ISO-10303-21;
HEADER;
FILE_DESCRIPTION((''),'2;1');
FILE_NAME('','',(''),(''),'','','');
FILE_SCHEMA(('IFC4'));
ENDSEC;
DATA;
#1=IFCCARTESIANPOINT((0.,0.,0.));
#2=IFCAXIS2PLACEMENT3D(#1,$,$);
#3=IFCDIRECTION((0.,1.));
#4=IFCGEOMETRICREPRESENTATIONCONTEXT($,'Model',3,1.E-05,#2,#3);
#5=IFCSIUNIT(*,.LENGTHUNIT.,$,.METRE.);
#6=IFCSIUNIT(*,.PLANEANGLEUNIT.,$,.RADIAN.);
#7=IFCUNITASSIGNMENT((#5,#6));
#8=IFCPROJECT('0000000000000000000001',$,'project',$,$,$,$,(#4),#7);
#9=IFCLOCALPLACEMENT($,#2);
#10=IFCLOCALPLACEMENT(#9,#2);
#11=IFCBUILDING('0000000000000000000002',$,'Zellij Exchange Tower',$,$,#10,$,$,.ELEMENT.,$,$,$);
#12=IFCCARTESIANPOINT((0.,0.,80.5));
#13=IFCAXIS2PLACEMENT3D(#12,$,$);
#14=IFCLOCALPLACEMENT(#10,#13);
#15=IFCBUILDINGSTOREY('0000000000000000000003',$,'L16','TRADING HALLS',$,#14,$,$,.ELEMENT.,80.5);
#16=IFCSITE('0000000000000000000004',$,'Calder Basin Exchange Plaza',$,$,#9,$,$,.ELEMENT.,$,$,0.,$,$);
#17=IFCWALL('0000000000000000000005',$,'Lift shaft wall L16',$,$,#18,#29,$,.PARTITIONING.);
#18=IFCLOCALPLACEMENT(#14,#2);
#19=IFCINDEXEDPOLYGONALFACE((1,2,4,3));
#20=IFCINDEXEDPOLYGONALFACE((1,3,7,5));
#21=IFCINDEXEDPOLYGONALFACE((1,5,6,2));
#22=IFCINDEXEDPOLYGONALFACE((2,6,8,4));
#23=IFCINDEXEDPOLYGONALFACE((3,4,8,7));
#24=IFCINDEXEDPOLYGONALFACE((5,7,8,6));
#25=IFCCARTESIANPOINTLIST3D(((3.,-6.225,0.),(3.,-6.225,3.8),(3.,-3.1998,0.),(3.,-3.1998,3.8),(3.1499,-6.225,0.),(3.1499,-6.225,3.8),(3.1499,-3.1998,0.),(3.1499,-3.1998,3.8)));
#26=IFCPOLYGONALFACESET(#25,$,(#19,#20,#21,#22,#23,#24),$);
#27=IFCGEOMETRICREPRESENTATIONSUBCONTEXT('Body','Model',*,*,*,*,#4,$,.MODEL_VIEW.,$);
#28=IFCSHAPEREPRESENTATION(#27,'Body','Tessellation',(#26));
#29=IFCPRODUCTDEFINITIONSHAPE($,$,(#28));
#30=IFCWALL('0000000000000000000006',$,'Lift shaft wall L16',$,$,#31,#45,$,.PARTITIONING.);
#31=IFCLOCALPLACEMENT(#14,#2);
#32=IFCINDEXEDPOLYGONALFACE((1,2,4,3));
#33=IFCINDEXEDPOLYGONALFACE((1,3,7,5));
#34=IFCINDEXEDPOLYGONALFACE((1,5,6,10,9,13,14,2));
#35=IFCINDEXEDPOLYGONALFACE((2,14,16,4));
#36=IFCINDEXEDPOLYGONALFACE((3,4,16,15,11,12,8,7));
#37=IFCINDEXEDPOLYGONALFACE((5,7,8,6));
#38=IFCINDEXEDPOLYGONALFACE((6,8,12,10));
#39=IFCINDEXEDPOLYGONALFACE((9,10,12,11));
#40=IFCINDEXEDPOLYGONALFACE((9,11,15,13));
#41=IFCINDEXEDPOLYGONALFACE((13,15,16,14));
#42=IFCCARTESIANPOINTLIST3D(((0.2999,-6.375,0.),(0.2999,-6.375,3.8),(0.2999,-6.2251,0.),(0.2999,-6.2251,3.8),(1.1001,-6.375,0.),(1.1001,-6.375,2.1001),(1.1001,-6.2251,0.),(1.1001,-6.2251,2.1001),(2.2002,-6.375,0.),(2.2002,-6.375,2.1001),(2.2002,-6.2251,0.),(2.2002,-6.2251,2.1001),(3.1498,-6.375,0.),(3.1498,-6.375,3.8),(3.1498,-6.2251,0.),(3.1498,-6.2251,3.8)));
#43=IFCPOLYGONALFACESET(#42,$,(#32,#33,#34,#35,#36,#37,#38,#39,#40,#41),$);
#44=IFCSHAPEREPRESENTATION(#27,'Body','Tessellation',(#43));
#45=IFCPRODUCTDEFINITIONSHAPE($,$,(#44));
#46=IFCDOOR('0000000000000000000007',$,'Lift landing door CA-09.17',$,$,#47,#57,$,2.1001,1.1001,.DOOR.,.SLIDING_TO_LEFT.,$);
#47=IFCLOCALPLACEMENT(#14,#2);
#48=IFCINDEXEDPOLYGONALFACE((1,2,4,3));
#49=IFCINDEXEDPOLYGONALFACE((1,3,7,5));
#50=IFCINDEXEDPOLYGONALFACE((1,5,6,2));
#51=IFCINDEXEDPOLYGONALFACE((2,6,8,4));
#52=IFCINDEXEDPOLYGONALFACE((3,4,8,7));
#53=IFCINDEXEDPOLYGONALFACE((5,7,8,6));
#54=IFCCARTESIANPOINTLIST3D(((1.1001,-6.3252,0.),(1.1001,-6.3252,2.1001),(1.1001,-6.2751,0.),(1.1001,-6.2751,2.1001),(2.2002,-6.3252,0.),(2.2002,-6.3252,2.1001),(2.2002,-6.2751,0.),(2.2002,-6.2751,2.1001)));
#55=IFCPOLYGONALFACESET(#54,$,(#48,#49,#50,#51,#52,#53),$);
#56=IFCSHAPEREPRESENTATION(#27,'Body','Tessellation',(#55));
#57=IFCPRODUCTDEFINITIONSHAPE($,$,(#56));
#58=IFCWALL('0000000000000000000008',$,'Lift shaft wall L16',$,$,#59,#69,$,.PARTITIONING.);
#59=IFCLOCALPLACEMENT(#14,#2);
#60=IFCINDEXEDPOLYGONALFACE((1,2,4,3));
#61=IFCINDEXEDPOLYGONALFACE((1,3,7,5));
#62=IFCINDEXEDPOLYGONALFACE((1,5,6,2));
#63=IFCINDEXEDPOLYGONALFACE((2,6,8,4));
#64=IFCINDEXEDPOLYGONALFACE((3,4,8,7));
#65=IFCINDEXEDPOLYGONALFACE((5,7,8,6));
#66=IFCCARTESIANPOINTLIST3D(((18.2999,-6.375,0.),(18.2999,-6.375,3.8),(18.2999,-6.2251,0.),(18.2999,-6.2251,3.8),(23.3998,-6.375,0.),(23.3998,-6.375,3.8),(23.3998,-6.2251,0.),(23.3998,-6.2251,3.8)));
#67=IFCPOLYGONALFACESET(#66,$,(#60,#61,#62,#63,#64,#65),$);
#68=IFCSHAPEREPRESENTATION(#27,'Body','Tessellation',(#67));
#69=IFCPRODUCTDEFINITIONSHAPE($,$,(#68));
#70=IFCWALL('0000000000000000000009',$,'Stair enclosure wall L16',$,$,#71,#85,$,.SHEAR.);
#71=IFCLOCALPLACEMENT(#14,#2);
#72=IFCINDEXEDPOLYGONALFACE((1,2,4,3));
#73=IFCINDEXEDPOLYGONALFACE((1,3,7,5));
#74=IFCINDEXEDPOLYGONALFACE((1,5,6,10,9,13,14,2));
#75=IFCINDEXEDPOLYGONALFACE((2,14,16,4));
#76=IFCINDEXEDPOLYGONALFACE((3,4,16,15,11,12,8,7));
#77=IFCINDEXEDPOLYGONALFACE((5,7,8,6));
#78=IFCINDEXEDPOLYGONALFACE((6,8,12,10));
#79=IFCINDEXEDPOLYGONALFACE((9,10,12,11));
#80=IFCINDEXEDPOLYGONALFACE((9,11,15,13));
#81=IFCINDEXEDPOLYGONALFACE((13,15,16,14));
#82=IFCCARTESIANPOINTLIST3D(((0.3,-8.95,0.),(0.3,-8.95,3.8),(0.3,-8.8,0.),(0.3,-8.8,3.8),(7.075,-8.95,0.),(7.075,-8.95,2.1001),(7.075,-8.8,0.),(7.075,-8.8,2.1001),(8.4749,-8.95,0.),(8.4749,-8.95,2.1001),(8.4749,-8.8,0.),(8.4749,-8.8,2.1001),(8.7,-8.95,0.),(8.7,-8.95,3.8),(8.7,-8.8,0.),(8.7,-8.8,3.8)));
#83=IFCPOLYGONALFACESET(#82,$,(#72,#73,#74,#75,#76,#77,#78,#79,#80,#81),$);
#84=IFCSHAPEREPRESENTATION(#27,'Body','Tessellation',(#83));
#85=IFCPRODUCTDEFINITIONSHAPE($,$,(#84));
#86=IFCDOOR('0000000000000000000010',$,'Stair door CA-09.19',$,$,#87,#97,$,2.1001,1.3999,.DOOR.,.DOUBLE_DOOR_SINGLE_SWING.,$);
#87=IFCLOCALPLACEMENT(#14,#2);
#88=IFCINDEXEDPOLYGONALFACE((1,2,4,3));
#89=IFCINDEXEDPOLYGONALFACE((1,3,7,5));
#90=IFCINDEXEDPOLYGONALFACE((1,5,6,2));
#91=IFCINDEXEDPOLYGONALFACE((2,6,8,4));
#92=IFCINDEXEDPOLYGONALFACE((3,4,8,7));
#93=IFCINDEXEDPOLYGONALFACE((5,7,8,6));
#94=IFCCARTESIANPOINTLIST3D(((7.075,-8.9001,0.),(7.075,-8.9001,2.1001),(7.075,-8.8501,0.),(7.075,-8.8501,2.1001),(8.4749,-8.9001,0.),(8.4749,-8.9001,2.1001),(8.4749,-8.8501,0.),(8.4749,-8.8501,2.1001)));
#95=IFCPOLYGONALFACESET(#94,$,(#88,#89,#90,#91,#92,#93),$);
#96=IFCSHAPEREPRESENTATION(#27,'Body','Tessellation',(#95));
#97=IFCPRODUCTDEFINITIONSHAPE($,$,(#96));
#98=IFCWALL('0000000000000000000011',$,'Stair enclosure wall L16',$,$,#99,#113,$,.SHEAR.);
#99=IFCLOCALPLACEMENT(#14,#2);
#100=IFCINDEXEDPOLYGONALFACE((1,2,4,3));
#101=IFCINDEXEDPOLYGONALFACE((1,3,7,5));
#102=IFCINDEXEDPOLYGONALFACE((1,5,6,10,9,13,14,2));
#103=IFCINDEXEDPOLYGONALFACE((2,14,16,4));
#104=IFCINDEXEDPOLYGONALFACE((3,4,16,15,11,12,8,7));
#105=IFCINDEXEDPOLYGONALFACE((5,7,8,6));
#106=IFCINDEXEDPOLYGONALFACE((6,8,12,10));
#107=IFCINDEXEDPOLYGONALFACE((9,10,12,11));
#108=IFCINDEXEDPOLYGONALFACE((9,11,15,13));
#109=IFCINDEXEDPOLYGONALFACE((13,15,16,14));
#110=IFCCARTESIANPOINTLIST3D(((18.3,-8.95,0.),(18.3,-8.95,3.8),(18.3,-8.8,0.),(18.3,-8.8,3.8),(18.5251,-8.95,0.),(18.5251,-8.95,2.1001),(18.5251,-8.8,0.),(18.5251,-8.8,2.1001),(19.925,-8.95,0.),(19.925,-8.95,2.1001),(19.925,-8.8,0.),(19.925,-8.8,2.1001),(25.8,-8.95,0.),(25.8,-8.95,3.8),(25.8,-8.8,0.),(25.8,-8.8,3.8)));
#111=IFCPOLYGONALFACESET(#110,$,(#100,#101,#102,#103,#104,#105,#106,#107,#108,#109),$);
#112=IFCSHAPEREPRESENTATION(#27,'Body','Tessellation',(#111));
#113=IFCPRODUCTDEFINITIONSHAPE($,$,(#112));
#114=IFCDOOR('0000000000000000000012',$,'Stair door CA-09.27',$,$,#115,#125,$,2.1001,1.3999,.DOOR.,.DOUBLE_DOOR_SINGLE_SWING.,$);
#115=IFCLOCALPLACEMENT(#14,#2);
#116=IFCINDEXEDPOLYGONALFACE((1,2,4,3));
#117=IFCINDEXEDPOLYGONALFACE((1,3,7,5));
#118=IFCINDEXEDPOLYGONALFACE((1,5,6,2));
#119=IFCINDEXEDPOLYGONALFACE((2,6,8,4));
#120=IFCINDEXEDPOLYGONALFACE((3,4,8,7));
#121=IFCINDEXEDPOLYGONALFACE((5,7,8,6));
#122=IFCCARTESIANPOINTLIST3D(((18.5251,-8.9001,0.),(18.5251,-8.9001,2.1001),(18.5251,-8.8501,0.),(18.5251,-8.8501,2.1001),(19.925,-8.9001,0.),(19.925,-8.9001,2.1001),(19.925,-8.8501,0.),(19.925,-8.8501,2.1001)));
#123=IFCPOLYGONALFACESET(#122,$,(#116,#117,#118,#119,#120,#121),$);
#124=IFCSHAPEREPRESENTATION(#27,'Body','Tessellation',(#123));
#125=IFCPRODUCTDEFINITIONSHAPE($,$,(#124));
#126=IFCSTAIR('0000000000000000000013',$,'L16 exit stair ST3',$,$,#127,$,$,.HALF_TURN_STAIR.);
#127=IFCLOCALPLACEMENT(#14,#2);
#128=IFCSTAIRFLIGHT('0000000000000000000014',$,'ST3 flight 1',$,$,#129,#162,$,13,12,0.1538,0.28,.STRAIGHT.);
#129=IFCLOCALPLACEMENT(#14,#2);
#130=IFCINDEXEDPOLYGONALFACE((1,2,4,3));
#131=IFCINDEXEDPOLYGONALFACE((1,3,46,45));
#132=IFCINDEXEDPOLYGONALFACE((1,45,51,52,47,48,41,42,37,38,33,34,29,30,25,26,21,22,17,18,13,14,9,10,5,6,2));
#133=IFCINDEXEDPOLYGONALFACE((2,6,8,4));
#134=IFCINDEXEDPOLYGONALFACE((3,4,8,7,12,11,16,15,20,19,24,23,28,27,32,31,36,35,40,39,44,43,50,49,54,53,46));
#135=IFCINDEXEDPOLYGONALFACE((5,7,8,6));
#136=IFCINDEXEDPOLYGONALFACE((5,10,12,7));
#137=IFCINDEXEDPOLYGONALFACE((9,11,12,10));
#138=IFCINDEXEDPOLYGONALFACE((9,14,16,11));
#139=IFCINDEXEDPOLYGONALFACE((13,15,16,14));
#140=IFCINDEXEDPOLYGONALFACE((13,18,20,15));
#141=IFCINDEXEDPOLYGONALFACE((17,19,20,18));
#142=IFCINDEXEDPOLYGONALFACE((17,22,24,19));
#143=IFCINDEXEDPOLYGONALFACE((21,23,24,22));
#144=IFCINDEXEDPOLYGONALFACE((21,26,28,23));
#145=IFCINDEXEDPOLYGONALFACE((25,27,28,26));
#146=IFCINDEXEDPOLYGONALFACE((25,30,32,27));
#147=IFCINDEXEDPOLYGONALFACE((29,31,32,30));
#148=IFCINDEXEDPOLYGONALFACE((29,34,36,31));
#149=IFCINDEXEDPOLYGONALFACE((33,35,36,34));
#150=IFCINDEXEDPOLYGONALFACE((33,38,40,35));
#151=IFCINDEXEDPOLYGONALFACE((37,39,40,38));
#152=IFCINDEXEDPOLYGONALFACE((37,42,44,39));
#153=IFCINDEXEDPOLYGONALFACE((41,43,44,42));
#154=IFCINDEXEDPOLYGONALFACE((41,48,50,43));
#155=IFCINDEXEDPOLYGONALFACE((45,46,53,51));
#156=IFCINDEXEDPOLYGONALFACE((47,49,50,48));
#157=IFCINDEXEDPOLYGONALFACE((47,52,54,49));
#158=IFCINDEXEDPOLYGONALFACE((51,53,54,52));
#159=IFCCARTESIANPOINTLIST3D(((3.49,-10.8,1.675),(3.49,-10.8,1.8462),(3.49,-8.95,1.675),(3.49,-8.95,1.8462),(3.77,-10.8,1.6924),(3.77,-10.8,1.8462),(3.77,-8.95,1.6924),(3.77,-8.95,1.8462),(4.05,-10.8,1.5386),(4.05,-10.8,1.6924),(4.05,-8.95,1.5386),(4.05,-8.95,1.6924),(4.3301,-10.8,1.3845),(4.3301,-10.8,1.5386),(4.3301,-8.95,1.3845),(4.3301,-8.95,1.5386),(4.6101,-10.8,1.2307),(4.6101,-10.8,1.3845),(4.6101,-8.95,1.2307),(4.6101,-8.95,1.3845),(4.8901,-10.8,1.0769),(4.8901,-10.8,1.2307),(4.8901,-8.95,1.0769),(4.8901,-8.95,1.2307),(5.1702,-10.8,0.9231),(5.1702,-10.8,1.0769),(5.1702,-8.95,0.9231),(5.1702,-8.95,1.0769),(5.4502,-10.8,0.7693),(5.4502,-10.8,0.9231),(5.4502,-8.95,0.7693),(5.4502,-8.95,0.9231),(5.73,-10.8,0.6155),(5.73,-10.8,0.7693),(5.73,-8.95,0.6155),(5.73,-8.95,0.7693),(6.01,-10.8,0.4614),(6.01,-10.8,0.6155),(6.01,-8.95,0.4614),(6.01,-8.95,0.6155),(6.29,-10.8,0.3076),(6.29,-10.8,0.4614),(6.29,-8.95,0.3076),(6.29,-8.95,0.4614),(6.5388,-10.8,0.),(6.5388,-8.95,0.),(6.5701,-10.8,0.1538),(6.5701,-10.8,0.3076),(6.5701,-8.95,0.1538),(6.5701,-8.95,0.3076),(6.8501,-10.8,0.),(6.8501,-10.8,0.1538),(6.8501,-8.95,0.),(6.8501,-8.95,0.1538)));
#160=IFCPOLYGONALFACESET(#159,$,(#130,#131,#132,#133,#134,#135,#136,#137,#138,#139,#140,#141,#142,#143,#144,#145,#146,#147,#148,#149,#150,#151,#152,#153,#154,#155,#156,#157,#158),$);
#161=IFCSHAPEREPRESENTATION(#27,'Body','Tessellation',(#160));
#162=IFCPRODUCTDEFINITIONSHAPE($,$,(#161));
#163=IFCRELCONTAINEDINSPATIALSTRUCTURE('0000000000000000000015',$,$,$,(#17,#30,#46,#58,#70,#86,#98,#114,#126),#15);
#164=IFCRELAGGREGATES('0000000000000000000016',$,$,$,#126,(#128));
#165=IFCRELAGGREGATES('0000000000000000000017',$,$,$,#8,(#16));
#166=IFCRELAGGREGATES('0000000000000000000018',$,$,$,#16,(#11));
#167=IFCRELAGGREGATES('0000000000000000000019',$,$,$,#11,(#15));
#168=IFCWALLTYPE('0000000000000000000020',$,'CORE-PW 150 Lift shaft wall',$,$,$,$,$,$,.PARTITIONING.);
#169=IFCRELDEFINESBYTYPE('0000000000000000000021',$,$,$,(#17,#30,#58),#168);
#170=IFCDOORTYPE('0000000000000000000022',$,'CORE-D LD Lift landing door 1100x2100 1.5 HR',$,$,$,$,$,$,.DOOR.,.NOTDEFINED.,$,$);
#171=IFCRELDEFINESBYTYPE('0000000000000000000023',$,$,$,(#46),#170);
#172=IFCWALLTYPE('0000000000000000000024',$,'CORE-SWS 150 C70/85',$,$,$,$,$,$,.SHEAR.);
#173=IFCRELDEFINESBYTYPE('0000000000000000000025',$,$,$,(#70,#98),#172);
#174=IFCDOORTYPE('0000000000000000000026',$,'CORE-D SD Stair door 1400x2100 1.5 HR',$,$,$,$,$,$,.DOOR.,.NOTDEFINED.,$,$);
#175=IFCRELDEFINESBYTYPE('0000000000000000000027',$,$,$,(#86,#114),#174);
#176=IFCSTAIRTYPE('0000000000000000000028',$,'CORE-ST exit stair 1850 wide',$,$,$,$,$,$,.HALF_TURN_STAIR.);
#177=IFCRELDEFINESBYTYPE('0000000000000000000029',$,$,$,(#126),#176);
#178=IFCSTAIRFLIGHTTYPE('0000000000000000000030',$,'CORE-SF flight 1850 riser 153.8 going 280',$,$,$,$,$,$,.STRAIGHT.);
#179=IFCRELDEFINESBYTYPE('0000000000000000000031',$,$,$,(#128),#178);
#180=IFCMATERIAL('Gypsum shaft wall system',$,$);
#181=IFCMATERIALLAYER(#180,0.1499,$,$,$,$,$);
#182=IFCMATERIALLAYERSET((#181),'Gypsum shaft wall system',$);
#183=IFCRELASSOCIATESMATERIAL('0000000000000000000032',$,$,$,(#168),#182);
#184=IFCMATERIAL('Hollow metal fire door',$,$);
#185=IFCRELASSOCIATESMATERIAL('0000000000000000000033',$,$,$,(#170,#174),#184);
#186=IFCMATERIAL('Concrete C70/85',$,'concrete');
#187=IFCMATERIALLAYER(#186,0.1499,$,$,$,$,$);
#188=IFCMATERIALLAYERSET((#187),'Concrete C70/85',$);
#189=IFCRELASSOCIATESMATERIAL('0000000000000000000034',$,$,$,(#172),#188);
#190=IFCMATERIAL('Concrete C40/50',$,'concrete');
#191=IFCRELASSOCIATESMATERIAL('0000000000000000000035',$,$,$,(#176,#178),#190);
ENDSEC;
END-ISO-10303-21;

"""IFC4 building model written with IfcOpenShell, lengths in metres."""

from ifc_helpers import new_model, si_unit, direction, frame, frame_2d, origin, place, context, subcontext, project, spatial, polyline, rectangle, outline, extrude, material, layer, layer_set, type_object, element, fill, aggregate, save


model = new_model("IFC4")

# Units and contexts
model_context = context("Model", 3, precision=1e-05, world=origin(), true_north=direction((0.0, 1.0)))
body_context = subcontext(model_context, "Body", "Model", "MODEL_VIEW")
ifc_project = project(units=[si_unit("LENGTHUNIT", "METRE"), si_unit("PLANEANGLEUNIT", "RADIAN")], contexts=[model_context])

# Site, building, storey
site_placement = place(None, origin())
site = spatial("IfcSite", under=ifc_project, at=site_placement, Name="Calder Basin Exchange Plaza", CompositionType="ELEMENT", RefElevation=0.0)
building_placement = place(site_placement, origin())
building = spatial("IfcBuilding", under=site, at=building_placement, Name="Zellij Exchange Tower", CompositionType="ELEMENT")
storey_placement = place(building_placement, frame((0.0, 0.0, 80.5)))
storey = spatial("IfcBuildingStorey", under=building, at=storey_placement, Name="L16", Description="TRADING HALLS", CompositionType="ELEMENT", Elevation=80.5)

# Shared definitions
ifc_material_1 = material(Name="Concrete C70/85", Category="concrete")

# Shared definitions
ifc_material_2 = material(Name="Gypsum shaft wall system")
ifc_material_3 = material(Name="Hollow metal fire door")

# Wall
ifc_layer_1 = layer(ifc_material_2, 0.1499)
ifc_layer_set_1 = layer_set([ifc_layer_1], Name="Gypsum shaft wall system")
wall_type_1 = type_object("IfcWallType", Name="CORE-PW 150 Lift shaft wall", PredefinedType="PARTITIONING", material=ifc_layer_set_1)
wall_1_placement = place(storey_placement, frame((3.075, -6.2251, 0.0), z_axis=(0.0, 0.0, 1.0), x_axis=(0.0, 1.0, 0.0)))
element("IfcWall", 1, at=wall_1_placement, inside=storey, type_object=wall_type_1, Name="Lift shaft wall L16", PredefinedType="PARTITIONING", context=body_context, shape_type="SweptSolid", body=[
    extrude(rectangle(XDim=3.0251, YDim=0.1499, at=frame_2d((1.5127, 0.0))), origin(), (0.0, 0.0, 1.0), 3.8),
])

# Wall, opening, door
wall_2_placement = place(storey_placement, frame((0.3, -6.3, 0.0), z_axis=(0.0, 0.0, 1.0), x_axis=(1.0, 0.0, 0.0)))
wall_2 = element("IfcWall", 2, at=wall_2_placement, inside=storey, type_object=wall_type_1, Name="Lift shaft wall L16", PredefinedType="PARTITIONING", context=body_context, shape_type="SweptSolid", body=[
    extrude(rectangle(XDim=2.8499, YDim=0.1499, at=frame_2d((1.4248, 0.0))), origin(), (0.0, 0.0, 1.0), 3.8),
])
opening_1_placement = place(wall_2_placement, frame((0.8, 0.0, 0.0)))
opening_1 = element("IfcOpeningElement", 3, at=opening_1_placement, cuts=wall_2, PredefinedType="OPENING", context=body_context, shape_type="SweptSolid", body=[
    extrude(rectangle(XDim=1.1001, YDim=2.1001, at=frame_2d((0.55, 1.05))), frame((0.0, 0.0869, 0.0), z_axis=(0.0, -1.0, 0.0), x_axis=(1.0, 0.0, 0.0)), (0.0, 0.0, 1.0), 0.1738),
])
door_type_1 = type_object("IfcDoorType", Name="CORE-D LD Lift landing door 1100x2100 1.5 HR", OperationType="NOTDEFINED", PredefinedType="DOOR", material=ifc_material_3)
door_1_placement = place(opening_1_placement, origin())
door_1 = element("IfcDoor", 4, at=door_1_placement, inside=storey, type_object=door_type_1, Name="Lift landing door CA-09.17", OperationType="SLIDING_TO_LEFT", OverallHeight=2.1001, OverallWidth=1.1001, PredefinedType="DOOR", context=body_context, shape_type="SweptSolid", body=[
    extrude(rectangle(XDim=1.1001, YDim=2.1001, at=frame_2d((0.55, 1.05))), frame((0.0, 0.0249, 0.0), z_axis=(0.0, -1.0, 0.0), x_axis=(1.0, 0.0, 0.0)), (0.0, 0.0, 1.0), 0.05),
])
fill(opening_1, door_1)

# Wall
wall_3_placement = place(storey_placement, frame((18.3, -6.3, 0.0), z_axis=(0.0, 0.0, 1.0), x_axis=(1.0, 0.0, 0.0)))
element("IfcWall", 5, at=wall_3_placement, inside=storey, type_object=wall_type_1, Name="Lift shaft wall L16", PredefinedType="PARTITIONING", context=body_context, shape_type="SweptSolid", body=[
    extrude(rectangle(XDim=5.0999, YDim=0.1499, at=frame_2d((2.5498, 0.0))), origin(), (0.0, 0.0, 1.0), 3.8),
])

# Walls, openings, doors
ifc_layer_2 = layer(ifc_material_1, 0.1499)
ifc_layer_set_2 = layer_set([ifc_layer_2], Name="Concrete C70/85")
wall_type_2 = type_object("IfcWallType", Name="CORE-SWS 150 C70/85", PredefinedType="SHEAR", material=ifc_layer_set_2)
wall_4_placement = place(storey_placement, frame((0.3, -8.875, 0.0), z_axis=(0.0, 0.0, 1.0), x_axis=(1.0, 0.0, 0.0)))
wall_4 = element("IfcWall", 6, at=wall_4_placement, inside=storey, type_object=wall_type_2, Name="Stair enclosure wall L16", PredefinedType="SHEAR", context=body_context, shape_type="SweptSolid", body=[
    extrude(rectangle(XDim=8.3999, YDim=0.1499, at=frame_2d((4.2, 0.0))), origin(), (0.0, 0.0, 1.0), 3.8),
])
opening_2_placement = place(wall_4_placement, frame((6.7749, 0.0, 0.0)))
opening_2 = element("IfcOpeningElement", 7, at=opening_2_placement, cuts=wall_4, PredefinedType="OPENING", context=body_context, shape_type="SweptSolid", body=[
    extrude(rectangle(XDim=1.3999, YDim=2.1001, at=frame_2d((0.7, 1.05))), frame((0.0, 0.0869, 0.0), z_axis=(0.0, -1.0, 0.0), x_axis=(1.0, 0.0, 0.0)), (0.0, 0.0, 1.0), 0.1738),
])
door_type_2 = type_object("IfcDoorType", Name="CORE-D SD Stair door 1400x2100 1.5 HR", OperationType="NOTDEFINED", PredefinedType="DOOR", material=ifc_material_3)
door_2_placement = place(opening_2_placement, origin())
door_2 = element("IfcDoor", 8, at=door_2_placement, inside=storey, type_object=door_type_2, Name="Stair door CA-09.19", OperationType="DOUBLE_DOOR_SINGLE_SWING", OverallHeight=2.1001, OverallWidth=1.3999, PredefinedType="DOOR", context=body_context, shape_type="SweptSolid", body=[
    extrude(rectangle(XDim=1.3999, YDim=2.1001, at=frame_2d((0.7, 1.05))), frame((0.0, 0.0249, 0.0), z_axis=(0.0, -1.0, 0.0), x_axis=(1.0, 0.0, 0.0)), (0.0, 0.0, 1.0), 0.05),
])
fill(opening_2, door_2)
wall_5_placement = place(storey_placement, frame((18.3, -8.875, 0.0), z_axis=(0.0, 0.0, 1.0), x_axis=(1.0, 0.0, 0.0)))
wall_5 = element("IfcWall", 9, at=wall_5_placement, inside=storey, type_object=wall_type_2, Name="Stair enclosure wall L16", PredefinedType="SHEAR", context=body_context, shape_type="SweptSolid", body=[
    extrude(rectangle(XDim=7.5, YDim=0.1499, at=frame_2d((3.75, 0.0))), origin(), (0.0, 0.0, 1.0), 3.8),
])
opening_3_placement = place(wall_5_placement, frame((0.2251, 0.0, 0.0)))
opening_3 = element("IfcOpeningElement", 10, at=opening_3_placement, cuts=wall_5, PredefinedType="OPENING", context=body_context, shape_type="SweptSolid", body=[
    extrude(rectangle(XDim=1.3999, YDim=2.1001, at=frame_2d((0.7, 1.05))), frame((0.0, 0.0869, 0.0), z_axis=(0.0, -1.0, 0.0), x_axis=(1.0, 0.0, 0.0)), (0.0, 0.0, 1.0), 0.1738),
])
door_3_placement = place(opening_3_placement, origin())
door_3 = element("IfcDoor", 11, at=door_3_placement, inside=storey, type_object=door_type_2, Name="Stair door CA-09.27", OperationType="DOUBLE_DOOR_SINGLE_SWING", OverallHeight=2.1001, OverallWidth=1.3999, PredefinedType="DOOR", context=body_context, shape_type="SweptSolid", body=[
    extrude(rectangle(XDim=1.3999, YDim=2.1001, at=frame_2d((0.7, 1.05))), frame((0.0, 0.0249, 0.0), z_axis=(0.0, -1.0, 0.0), x_axis=(1.0, 0.0, 0.0)), (0.0, 0.0, 1.0), 0.05),
])
fill(opening_3, door_3)

# Stair, stair flight
ifc_material_4 = material(Name="Concrete C40/50", Category="concrete")
stair_type = type_object("IfcStairType", Name="CORE-ST exit stair 1850 wide", PredefinedType="HALF_TURN_STAIR", material=ifc_material_4)
stair_placement = place(storey_placement, origin())
stair = element("IfcStair", 12, at=stair_placement, inside=storey, type_object=stair_type, Name="L16 exit stair ST3", PredefinedType="HALF_TURN_STAIR")
stair_flight_type = type_object("IfcStairFlightType", Name="CORE-SF flight 1850 riser 153.8 going 280", PredefinedType="STRAIGHT", material=ifc_material_4)
stair_flight_1_placement = place(storey_placement, frame((6.8501, -9.875, 0.0), z_axis=(0.0, 0.0, 1.0), x_axis=(-1.0, 0.0, 0.0)))
stair_flight_1 = element("IfcStairFlight", 13, at=stair_flight_1_placement, type_object=stair_flight_type, Name="ST3 flight 1", NumberOfRisers=13, NumberOfTreads=12, PredefinedType="STRAIGHT", RiserHeight=0.1538, TreadLength=0.28, context=body_context, shape_type="SweptSolid", body=[
    extrude(outline(polyline([(0.0, 0.0), (0.0, 0.1538), (0.28, 0.1538), (0.28, 0.3076), (0.5601, 0.3076), (0.5601, 0.4614), (0.8401, 0.4614), (0.8401, 0.6155), (1.1201, 0.6155), (1.1201, 0.7693), (1.3999, 0.7693), (1.3999, 0.9231), (1.6799, 0.9231), (1.6799, 1.0769), (1.96, 1.0769), (1.96, 1.2307), (2.24, 1.2307), (2.24, 1.3845), (2.52, 1.3845), (2.52, 1.5386), (2.8, 1.5386), (2.8, 1.6924), (3.0801, 1.6924), (3.0801, 1.8462), (3.3601, 1.8462), (3.3601, 2.0), (3.3601, 1.675), (0.3113, 0.0), (0.0, 0.0)])), frame((0.0, 0.925, 0.0), z_axis=(0.0, -1.0, 0.0), x_axis=(1.0, 0.0, 0.0)), (0.0, 0.0, 1.0), 1.8501),
])
aggregate(stair, [stair_flight_1])

save(model, "model.ifc")
